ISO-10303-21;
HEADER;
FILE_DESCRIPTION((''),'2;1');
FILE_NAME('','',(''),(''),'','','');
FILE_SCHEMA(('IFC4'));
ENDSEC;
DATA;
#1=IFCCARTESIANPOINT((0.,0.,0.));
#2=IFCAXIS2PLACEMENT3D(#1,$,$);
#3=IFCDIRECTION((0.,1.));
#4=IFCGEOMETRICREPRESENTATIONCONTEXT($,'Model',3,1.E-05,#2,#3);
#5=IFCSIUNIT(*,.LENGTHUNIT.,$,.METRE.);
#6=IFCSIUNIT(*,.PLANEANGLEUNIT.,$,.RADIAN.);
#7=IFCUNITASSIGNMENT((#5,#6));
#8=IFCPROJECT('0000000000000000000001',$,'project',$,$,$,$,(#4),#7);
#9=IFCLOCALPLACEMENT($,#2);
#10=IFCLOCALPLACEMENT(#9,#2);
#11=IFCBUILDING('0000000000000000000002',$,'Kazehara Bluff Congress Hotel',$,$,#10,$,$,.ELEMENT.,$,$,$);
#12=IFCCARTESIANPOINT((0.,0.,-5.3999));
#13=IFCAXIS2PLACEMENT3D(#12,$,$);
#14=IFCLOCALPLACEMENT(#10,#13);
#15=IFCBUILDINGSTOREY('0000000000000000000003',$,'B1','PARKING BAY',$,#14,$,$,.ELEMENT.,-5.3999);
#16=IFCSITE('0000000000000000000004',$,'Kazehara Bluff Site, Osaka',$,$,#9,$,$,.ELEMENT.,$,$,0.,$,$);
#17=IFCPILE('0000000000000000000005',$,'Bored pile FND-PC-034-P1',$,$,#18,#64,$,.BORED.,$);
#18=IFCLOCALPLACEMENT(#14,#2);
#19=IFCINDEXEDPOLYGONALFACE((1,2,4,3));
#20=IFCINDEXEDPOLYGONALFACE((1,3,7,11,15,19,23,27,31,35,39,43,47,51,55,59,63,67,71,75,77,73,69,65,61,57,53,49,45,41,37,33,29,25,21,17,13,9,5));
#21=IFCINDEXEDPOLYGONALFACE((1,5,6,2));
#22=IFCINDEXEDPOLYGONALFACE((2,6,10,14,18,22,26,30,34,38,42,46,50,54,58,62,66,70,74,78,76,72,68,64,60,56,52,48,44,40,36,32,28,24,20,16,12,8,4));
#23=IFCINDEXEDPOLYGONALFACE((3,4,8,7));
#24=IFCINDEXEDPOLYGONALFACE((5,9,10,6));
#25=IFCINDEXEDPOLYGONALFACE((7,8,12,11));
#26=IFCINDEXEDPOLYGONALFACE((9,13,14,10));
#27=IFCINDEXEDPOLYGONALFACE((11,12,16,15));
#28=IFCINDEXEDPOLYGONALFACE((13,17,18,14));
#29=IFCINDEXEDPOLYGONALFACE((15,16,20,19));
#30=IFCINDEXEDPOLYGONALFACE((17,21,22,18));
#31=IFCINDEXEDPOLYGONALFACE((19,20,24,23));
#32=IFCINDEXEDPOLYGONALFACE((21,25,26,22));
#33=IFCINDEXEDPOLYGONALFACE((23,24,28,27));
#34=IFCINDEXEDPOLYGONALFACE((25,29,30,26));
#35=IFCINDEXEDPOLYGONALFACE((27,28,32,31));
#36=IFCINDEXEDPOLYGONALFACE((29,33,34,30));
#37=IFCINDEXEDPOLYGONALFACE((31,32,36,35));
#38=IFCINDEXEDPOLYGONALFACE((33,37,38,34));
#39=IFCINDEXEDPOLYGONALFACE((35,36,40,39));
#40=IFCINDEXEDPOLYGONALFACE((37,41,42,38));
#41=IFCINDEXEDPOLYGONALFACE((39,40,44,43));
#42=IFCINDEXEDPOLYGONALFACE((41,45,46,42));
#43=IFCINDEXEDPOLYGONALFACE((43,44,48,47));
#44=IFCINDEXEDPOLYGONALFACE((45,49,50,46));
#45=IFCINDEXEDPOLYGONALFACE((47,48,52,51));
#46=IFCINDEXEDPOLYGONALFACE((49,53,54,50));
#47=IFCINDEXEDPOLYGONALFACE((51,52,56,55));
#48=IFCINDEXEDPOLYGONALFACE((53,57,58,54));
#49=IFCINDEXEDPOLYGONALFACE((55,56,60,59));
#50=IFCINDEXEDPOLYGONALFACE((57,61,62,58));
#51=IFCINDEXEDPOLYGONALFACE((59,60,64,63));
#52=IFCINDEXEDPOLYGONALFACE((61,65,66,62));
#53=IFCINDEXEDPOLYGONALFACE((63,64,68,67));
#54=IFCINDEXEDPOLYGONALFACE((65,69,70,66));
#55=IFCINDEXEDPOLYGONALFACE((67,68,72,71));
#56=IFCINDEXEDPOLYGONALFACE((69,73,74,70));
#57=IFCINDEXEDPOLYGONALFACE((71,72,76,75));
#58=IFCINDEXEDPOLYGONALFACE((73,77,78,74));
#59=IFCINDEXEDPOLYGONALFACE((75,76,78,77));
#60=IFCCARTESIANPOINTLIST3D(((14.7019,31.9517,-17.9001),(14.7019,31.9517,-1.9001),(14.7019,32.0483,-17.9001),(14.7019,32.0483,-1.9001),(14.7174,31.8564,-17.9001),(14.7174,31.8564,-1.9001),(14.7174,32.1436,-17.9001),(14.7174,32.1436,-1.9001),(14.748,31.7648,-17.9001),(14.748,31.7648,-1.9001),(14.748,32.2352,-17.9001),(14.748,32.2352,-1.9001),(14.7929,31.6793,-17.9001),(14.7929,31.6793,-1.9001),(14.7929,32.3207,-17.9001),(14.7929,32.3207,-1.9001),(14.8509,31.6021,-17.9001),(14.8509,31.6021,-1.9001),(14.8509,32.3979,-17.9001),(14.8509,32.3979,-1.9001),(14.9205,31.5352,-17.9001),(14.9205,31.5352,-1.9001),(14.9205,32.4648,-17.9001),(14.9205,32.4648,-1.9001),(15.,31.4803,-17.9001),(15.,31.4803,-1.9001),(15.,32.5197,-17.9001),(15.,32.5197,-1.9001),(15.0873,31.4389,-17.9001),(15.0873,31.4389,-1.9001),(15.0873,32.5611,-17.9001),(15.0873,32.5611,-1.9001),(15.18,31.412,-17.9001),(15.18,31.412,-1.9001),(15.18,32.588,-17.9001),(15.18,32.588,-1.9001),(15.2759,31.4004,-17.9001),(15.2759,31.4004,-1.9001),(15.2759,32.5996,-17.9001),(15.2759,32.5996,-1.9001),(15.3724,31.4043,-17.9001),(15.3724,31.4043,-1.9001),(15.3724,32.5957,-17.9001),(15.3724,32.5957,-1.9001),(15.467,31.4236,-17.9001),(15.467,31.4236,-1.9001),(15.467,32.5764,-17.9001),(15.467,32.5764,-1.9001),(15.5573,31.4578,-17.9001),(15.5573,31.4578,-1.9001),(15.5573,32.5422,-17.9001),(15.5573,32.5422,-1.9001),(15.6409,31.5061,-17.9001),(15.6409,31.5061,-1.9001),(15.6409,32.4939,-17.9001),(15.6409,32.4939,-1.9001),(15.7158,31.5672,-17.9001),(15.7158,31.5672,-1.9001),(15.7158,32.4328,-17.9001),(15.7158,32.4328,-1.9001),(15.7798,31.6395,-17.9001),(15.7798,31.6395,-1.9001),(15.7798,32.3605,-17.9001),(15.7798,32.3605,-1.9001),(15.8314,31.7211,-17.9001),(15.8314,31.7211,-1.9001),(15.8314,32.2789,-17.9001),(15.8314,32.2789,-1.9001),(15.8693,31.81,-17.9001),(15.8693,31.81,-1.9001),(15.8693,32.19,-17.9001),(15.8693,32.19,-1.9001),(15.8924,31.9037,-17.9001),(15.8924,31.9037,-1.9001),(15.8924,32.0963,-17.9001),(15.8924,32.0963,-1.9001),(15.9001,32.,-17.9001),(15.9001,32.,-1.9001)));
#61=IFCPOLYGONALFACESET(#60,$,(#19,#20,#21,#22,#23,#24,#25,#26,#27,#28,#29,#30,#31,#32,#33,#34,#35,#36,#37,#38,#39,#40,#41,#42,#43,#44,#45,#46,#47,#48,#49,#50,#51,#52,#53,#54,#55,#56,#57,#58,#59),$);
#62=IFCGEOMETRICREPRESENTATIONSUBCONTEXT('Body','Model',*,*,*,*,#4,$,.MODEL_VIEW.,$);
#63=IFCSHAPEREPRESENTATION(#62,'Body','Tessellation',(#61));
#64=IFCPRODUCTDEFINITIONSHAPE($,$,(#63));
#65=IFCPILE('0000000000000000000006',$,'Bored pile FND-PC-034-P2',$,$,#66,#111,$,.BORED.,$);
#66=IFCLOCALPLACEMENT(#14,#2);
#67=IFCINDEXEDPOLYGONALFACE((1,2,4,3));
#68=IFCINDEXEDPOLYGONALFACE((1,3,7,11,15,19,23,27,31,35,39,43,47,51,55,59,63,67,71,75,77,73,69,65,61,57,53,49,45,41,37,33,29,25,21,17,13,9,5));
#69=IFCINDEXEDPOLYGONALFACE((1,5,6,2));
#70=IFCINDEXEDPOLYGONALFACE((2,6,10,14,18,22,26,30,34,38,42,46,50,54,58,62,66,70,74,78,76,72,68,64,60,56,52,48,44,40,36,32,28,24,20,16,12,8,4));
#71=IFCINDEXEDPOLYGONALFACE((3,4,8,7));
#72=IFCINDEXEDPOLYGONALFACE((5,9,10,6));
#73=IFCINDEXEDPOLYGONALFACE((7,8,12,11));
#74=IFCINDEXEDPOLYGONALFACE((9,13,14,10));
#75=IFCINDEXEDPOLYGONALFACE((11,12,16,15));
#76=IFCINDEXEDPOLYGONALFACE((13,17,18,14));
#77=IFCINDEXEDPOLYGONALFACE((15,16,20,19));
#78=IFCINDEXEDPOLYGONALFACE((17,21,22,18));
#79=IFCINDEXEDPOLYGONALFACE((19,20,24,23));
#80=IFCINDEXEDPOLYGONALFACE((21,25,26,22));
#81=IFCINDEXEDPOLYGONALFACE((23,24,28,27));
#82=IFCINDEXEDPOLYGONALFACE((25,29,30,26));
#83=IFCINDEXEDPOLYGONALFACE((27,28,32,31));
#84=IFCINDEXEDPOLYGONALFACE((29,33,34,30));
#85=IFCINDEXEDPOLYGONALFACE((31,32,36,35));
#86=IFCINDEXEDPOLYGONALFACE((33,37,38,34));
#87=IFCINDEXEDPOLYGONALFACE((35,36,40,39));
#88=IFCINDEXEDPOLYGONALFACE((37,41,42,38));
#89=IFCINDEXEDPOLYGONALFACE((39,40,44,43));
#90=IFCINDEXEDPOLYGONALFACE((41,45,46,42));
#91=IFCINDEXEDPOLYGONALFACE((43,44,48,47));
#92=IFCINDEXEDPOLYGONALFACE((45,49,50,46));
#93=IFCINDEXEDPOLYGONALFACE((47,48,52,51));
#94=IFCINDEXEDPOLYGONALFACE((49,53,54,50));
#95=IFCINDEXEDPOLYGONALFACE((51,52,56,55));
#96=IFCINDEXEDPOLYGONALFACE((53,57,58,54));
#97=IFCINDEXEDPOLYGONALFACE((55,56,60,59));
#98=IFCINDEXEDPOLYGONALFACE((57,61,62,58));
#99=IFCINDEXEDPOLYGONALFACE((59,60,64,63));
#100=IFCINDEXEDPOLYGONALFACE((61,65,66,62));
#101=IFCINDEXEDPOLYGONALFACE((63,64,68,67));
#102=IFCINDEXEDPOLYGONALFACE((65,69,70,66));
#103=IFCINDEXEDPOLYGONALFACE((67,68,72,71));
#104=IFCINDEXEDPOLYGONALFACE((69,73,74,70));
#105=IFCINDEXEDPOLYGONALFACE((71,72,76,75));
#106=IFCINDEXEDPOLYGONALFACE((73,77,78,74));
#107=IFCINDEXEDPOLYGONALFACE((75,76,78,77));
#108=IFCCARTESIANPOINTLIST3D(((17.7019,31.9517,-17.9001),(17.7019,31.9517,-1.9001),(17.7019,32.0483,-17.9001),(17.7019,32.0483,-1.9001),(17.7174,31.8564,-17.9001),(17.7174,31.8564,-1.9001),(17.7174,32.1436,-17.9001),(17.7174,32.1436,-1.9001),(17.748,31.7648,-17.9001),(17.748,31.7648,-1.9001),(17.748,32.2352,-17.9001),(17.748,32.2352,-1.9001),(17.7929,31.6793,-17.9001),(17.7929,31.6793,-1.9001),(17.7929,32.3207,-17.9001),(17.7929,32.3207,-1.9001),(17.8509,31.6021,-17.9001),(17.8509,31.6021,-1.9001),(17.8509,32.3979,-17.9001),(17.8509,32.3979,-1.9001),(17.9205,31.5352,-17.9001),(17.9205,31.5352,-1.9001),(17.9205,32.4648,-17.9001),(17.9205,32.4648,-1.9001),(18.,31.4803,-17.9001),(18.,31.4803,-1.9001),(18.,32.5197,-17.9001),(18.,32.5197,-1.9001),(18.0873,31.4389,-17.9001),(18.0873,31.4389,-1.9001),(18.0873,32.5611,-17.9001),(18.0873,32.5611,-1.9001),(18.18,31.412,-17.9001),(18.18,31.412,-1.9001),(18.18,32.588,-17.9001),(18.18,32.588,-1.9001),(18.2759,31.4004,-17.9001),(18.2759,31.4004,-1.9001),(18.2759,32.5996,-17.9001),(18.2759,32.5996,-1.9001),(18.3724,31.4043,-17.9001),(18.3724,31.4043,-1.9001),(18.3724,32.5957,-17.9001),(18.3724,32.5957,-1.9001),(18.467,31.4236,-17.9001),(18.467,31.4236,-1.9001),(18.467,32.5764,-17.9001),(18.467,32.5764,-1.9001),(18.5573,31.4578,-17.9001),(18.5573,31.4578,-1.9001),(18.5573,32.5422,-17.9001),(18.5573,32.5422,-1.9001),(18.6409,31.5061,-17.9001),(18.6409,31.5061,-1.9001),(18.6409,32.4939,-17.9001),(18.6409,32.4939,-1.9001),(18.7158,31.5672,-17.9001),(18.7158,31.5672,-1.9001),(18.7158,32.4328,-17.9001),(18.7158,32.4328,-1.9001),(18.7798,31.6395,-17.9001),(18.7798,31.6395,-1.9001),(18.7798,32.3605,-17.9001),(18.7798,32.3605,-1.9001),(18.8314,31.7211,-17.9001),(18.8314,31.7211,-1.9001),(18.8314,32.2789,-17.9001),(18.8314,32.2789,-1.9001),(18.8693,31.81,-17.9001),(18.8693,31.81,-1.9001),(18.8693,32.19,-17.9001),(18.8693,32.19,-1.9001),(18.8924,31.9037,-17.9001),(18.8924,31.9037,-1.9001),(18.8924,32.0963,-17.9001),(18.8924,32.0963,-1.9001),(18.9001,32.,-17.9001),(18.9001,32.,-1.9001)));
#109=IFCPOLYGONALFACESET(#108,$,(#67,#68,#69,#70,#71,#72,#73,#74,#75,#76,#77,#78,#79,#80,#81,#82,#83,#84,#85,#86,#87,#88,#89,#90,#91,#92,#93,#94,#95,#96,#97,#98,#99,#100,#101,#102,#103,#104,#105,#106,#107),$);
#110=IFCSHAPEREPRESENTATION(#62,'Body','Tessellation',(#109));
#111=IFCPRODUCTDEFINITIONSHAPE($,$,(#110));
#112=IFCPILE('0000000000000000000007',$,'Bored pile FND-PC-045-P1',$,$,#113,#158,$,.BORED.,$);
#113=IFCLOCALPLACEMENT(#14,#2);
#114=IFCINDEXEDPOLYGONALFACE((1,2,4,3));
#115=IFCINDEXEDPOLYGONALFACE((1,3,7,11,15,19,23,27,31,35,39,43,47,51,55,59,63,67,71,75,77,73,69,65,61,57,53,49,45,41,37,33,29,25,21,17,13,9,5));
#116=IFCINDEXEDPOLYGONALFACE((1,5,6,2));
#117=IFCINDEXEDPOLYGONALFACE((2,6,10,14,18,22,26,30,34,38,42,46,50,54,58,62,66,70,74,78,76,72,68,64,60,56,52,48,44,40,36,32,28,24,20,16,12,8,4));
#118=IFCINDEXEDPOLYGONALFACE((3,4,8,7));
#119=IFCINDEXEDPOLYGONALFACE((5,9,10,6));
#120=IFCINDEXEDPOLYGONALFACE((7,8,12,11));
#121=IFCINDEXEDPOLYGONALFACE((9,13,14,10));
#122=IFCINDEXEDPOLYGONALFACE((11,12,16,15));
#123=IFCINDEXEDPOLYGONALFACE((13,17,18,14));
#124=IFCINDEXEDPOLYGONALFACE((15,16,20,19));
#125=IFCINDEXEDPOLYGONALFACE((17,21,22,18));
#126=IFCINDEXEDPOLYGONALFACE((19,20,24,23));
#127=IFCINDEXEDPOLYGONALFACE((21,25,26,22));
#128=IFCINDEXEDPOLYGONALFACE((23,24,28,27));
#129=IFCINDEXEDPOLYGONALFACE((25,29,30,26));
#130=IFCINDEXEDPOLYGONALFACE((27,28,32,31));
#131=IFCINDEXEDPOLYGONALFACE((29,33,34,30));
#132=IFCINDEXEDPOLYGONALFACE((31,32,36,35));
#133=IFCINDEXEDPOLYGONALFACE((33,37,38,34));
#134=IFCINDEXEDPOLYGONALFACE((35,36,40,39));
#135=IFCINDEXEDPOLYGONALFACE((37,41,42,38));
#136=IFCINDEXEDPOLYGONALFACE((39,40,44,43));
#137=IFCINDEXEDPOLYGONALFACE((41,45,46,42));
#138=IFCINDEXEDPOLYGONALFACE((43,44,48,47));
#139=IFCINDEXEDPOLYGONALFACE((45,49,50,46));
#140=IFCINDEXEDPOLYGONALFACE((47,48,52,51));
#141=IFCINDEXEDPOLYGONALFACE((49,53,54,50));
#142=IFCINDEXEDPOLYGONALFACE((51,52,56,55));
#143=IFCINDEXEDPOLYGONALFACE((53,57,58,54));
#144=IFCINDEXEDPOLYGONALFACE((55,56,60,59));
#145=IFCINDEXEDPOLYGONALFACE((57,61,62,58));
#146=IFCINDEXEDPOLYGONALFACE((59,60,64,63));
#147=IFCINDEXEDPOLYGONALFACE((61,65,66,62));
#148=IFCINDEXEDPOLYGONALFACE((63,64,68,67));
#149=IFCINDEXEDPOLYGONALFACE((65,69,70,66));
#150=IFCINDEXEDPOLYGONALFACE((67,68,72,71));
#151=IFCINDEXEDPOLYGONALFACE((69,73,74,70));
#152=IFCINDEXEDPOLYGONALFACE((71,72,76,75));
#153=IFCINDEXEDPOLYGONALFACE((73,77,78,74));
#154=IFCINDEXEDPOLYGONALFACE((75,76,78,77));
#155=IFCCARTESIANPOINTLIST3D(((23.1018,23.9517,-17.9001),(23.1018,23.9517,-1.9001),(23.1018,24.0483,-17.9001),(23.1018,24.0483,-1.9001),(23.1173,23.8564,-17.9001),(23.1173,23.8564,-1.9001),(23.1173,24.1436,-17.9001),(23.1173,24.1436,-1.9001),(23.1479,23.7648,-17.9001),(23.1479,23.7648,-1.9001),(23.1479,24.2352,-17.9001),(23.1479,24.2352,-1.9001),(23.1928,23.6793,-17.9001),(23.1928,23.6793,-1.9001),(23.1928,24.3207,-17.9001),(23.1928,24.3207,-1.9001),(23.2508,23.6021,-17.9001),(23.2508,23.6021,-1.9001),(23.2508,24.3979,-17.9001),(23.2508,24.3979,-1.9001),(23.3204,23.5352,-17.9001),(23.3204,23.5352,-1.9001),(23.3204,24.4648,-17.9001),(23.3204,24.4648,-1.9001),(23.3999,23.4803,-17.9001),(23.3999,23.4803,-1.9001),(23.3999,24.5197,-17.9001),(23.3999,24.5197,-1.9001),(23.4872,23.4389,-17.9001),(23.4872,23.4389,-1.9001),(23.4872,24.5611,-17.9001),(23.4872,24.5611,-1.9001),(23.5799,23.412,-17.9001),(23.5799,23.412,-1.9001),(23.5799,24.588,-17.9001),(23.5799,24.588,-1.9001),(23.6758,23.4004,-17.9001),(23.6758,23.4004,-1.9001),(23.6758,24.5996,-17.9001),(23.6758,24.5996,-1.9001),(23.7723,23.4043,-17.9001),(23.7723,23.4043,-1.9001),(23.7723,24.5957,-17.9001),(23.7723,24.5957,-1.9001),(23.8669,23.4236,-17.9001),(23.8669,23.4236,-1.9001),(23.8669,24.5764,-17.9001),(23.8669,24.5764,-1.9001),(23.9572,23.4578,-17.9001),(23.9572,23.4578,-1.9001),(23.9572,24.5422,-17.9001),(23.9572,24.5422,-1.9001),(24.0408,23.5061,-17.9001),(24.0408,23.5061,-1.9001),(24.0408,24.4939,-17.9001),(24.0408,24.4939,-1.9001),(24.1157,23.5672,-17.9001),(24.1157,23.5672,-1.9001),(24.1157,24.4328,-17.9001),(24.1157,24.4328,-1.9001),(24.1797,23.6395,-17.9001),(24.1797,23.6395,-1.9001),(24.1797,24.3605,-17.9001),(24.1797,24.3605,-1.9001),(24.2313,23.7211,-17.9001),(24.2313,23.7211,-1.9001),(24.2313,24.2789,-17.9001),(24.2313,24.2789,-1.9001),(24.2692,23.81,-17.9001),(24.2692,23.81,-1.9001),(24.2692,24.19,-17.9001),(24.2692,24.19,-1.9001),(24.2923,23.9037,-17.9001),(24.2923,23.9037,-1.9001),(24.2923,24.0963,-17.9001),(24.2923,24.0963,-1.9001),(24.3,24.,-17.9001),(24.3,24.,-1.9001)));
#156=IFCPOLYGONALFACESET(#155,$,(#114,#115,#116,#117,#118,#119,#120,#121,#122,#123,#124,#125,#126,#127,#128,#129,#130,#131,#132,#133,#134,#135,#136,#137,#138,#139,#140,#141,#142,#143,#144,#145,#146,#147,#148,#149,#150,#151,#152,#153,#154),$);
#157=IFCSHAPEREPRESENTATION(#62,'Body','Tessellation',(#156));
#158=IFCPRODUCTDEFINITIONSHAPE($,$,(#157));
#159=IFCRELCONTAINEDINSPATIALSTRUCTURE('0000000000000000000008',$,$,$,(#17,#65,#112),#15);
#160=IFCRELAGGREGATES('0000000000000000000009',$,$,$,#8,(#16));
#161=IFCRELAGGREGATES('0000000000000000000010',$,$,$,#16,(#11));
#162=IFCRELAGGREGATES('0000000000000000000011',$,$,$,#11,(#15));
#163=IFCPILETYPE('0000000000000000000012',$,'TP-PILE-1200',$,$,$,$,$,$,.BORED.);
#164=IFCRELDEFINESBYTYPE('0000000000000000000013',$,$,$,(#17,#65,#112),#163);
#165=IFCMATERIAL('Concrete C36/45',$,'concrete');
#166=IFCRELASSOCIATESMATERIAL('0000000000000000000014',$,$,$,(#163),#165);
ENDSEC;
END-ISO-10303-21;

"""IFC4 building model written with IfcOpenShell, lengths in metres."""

from ifc_helpers import new_model, si_unit, direction, frame, origin, origin_2d, place, context, subcontext, project, spatial, circle, extrude, material, material_profile, profile_set, type_object, element, save


model = new_model("IFC4")

# Units and contexts
model_context = context("Model", 3, precision=1e-05, world=origin(), true_north=direction((0.0, 1.0)))
body_context = subcontext(model_context, "Body", "Model", "MODEL_VIEW")
ifc_project = project(units=[si_unit("LENGTHUNIT", "METRE"), si_unit("PLANEANGLEUNIT", "RADIAN")], contexts=[model_context])

# Site, building, storey
site_placement = place(None, origin())
site = spatial("IfcSite", under=ifc_project, at=site_placement, Name="Kazehara Bluff Site, Osaka", CompositionType="ELEMENT", RefElevation=0.0)
building_placement = place(site_placement, origin())
building = spatial("IfcBuilding", under=site, at=building_placement, Name="Kazehara Bluff Congress Hotel", CompositionType="ELEMENT")
storey_placement = place(building_placement, frame((0.0, 0.0, -5.3999)))
storey = spatial("IfcBuildingStorey", under=building, at=storey_placement, Name="B1", Description="PARKING BAY", CompositionType="ELEMENT", Elevation=-5.3999)

# Piles
ifc_material_1 = material(Name="Concrete C36/45", Category="concrete")
ifc_material_profile_1 = material_profile(ifc_material_1, circle(Radius=0.6001, at=origin_2d()))
ifc_profile_set_1 = profile_set([ifc_material_profile_1], Name="Concrete C36/45")
pile_type = type_object("IfcPileType", Name="TP-PILE-1200", PredefinedType="BORED", material=ifc_profile_set_1)
for number, where, z_axis, x_axis, name in (
    (1, (15.3, 32.0, -1.9001), (0.0, 0.0, -1.0), (1.0, 0.0, 0.0), "Bored pile FND-PC-034-P1"),
    (2, (18.3, 32.0, -1.9001), (0.0, 0.0, -1.0), (1.0, 0.0, 0.0), "Bored pile FND-PC-034-P2"),
    (3, (23.7, 24.0, -1.9001), (0.0, 0.0, -1.0), (1.0, 0.0, 0.0), "Bored pile FND-PC-045-P1"),
):
    element("IfcPile", number, at=place(storey_placement, frame(where, z_axis=z_axis, x_axis=x_axis)), inside=storey, type_object=pile_type, Name=name, PredefinedType="BORED", context=body_context, shape_type="SweptSolid", body=[
        extrude(circle(Radius=0.6001, at=origin_2d()), origin(), (0.0, 0.0, 1.0), 16.0),
    ])

save(model, "model.ifc")
